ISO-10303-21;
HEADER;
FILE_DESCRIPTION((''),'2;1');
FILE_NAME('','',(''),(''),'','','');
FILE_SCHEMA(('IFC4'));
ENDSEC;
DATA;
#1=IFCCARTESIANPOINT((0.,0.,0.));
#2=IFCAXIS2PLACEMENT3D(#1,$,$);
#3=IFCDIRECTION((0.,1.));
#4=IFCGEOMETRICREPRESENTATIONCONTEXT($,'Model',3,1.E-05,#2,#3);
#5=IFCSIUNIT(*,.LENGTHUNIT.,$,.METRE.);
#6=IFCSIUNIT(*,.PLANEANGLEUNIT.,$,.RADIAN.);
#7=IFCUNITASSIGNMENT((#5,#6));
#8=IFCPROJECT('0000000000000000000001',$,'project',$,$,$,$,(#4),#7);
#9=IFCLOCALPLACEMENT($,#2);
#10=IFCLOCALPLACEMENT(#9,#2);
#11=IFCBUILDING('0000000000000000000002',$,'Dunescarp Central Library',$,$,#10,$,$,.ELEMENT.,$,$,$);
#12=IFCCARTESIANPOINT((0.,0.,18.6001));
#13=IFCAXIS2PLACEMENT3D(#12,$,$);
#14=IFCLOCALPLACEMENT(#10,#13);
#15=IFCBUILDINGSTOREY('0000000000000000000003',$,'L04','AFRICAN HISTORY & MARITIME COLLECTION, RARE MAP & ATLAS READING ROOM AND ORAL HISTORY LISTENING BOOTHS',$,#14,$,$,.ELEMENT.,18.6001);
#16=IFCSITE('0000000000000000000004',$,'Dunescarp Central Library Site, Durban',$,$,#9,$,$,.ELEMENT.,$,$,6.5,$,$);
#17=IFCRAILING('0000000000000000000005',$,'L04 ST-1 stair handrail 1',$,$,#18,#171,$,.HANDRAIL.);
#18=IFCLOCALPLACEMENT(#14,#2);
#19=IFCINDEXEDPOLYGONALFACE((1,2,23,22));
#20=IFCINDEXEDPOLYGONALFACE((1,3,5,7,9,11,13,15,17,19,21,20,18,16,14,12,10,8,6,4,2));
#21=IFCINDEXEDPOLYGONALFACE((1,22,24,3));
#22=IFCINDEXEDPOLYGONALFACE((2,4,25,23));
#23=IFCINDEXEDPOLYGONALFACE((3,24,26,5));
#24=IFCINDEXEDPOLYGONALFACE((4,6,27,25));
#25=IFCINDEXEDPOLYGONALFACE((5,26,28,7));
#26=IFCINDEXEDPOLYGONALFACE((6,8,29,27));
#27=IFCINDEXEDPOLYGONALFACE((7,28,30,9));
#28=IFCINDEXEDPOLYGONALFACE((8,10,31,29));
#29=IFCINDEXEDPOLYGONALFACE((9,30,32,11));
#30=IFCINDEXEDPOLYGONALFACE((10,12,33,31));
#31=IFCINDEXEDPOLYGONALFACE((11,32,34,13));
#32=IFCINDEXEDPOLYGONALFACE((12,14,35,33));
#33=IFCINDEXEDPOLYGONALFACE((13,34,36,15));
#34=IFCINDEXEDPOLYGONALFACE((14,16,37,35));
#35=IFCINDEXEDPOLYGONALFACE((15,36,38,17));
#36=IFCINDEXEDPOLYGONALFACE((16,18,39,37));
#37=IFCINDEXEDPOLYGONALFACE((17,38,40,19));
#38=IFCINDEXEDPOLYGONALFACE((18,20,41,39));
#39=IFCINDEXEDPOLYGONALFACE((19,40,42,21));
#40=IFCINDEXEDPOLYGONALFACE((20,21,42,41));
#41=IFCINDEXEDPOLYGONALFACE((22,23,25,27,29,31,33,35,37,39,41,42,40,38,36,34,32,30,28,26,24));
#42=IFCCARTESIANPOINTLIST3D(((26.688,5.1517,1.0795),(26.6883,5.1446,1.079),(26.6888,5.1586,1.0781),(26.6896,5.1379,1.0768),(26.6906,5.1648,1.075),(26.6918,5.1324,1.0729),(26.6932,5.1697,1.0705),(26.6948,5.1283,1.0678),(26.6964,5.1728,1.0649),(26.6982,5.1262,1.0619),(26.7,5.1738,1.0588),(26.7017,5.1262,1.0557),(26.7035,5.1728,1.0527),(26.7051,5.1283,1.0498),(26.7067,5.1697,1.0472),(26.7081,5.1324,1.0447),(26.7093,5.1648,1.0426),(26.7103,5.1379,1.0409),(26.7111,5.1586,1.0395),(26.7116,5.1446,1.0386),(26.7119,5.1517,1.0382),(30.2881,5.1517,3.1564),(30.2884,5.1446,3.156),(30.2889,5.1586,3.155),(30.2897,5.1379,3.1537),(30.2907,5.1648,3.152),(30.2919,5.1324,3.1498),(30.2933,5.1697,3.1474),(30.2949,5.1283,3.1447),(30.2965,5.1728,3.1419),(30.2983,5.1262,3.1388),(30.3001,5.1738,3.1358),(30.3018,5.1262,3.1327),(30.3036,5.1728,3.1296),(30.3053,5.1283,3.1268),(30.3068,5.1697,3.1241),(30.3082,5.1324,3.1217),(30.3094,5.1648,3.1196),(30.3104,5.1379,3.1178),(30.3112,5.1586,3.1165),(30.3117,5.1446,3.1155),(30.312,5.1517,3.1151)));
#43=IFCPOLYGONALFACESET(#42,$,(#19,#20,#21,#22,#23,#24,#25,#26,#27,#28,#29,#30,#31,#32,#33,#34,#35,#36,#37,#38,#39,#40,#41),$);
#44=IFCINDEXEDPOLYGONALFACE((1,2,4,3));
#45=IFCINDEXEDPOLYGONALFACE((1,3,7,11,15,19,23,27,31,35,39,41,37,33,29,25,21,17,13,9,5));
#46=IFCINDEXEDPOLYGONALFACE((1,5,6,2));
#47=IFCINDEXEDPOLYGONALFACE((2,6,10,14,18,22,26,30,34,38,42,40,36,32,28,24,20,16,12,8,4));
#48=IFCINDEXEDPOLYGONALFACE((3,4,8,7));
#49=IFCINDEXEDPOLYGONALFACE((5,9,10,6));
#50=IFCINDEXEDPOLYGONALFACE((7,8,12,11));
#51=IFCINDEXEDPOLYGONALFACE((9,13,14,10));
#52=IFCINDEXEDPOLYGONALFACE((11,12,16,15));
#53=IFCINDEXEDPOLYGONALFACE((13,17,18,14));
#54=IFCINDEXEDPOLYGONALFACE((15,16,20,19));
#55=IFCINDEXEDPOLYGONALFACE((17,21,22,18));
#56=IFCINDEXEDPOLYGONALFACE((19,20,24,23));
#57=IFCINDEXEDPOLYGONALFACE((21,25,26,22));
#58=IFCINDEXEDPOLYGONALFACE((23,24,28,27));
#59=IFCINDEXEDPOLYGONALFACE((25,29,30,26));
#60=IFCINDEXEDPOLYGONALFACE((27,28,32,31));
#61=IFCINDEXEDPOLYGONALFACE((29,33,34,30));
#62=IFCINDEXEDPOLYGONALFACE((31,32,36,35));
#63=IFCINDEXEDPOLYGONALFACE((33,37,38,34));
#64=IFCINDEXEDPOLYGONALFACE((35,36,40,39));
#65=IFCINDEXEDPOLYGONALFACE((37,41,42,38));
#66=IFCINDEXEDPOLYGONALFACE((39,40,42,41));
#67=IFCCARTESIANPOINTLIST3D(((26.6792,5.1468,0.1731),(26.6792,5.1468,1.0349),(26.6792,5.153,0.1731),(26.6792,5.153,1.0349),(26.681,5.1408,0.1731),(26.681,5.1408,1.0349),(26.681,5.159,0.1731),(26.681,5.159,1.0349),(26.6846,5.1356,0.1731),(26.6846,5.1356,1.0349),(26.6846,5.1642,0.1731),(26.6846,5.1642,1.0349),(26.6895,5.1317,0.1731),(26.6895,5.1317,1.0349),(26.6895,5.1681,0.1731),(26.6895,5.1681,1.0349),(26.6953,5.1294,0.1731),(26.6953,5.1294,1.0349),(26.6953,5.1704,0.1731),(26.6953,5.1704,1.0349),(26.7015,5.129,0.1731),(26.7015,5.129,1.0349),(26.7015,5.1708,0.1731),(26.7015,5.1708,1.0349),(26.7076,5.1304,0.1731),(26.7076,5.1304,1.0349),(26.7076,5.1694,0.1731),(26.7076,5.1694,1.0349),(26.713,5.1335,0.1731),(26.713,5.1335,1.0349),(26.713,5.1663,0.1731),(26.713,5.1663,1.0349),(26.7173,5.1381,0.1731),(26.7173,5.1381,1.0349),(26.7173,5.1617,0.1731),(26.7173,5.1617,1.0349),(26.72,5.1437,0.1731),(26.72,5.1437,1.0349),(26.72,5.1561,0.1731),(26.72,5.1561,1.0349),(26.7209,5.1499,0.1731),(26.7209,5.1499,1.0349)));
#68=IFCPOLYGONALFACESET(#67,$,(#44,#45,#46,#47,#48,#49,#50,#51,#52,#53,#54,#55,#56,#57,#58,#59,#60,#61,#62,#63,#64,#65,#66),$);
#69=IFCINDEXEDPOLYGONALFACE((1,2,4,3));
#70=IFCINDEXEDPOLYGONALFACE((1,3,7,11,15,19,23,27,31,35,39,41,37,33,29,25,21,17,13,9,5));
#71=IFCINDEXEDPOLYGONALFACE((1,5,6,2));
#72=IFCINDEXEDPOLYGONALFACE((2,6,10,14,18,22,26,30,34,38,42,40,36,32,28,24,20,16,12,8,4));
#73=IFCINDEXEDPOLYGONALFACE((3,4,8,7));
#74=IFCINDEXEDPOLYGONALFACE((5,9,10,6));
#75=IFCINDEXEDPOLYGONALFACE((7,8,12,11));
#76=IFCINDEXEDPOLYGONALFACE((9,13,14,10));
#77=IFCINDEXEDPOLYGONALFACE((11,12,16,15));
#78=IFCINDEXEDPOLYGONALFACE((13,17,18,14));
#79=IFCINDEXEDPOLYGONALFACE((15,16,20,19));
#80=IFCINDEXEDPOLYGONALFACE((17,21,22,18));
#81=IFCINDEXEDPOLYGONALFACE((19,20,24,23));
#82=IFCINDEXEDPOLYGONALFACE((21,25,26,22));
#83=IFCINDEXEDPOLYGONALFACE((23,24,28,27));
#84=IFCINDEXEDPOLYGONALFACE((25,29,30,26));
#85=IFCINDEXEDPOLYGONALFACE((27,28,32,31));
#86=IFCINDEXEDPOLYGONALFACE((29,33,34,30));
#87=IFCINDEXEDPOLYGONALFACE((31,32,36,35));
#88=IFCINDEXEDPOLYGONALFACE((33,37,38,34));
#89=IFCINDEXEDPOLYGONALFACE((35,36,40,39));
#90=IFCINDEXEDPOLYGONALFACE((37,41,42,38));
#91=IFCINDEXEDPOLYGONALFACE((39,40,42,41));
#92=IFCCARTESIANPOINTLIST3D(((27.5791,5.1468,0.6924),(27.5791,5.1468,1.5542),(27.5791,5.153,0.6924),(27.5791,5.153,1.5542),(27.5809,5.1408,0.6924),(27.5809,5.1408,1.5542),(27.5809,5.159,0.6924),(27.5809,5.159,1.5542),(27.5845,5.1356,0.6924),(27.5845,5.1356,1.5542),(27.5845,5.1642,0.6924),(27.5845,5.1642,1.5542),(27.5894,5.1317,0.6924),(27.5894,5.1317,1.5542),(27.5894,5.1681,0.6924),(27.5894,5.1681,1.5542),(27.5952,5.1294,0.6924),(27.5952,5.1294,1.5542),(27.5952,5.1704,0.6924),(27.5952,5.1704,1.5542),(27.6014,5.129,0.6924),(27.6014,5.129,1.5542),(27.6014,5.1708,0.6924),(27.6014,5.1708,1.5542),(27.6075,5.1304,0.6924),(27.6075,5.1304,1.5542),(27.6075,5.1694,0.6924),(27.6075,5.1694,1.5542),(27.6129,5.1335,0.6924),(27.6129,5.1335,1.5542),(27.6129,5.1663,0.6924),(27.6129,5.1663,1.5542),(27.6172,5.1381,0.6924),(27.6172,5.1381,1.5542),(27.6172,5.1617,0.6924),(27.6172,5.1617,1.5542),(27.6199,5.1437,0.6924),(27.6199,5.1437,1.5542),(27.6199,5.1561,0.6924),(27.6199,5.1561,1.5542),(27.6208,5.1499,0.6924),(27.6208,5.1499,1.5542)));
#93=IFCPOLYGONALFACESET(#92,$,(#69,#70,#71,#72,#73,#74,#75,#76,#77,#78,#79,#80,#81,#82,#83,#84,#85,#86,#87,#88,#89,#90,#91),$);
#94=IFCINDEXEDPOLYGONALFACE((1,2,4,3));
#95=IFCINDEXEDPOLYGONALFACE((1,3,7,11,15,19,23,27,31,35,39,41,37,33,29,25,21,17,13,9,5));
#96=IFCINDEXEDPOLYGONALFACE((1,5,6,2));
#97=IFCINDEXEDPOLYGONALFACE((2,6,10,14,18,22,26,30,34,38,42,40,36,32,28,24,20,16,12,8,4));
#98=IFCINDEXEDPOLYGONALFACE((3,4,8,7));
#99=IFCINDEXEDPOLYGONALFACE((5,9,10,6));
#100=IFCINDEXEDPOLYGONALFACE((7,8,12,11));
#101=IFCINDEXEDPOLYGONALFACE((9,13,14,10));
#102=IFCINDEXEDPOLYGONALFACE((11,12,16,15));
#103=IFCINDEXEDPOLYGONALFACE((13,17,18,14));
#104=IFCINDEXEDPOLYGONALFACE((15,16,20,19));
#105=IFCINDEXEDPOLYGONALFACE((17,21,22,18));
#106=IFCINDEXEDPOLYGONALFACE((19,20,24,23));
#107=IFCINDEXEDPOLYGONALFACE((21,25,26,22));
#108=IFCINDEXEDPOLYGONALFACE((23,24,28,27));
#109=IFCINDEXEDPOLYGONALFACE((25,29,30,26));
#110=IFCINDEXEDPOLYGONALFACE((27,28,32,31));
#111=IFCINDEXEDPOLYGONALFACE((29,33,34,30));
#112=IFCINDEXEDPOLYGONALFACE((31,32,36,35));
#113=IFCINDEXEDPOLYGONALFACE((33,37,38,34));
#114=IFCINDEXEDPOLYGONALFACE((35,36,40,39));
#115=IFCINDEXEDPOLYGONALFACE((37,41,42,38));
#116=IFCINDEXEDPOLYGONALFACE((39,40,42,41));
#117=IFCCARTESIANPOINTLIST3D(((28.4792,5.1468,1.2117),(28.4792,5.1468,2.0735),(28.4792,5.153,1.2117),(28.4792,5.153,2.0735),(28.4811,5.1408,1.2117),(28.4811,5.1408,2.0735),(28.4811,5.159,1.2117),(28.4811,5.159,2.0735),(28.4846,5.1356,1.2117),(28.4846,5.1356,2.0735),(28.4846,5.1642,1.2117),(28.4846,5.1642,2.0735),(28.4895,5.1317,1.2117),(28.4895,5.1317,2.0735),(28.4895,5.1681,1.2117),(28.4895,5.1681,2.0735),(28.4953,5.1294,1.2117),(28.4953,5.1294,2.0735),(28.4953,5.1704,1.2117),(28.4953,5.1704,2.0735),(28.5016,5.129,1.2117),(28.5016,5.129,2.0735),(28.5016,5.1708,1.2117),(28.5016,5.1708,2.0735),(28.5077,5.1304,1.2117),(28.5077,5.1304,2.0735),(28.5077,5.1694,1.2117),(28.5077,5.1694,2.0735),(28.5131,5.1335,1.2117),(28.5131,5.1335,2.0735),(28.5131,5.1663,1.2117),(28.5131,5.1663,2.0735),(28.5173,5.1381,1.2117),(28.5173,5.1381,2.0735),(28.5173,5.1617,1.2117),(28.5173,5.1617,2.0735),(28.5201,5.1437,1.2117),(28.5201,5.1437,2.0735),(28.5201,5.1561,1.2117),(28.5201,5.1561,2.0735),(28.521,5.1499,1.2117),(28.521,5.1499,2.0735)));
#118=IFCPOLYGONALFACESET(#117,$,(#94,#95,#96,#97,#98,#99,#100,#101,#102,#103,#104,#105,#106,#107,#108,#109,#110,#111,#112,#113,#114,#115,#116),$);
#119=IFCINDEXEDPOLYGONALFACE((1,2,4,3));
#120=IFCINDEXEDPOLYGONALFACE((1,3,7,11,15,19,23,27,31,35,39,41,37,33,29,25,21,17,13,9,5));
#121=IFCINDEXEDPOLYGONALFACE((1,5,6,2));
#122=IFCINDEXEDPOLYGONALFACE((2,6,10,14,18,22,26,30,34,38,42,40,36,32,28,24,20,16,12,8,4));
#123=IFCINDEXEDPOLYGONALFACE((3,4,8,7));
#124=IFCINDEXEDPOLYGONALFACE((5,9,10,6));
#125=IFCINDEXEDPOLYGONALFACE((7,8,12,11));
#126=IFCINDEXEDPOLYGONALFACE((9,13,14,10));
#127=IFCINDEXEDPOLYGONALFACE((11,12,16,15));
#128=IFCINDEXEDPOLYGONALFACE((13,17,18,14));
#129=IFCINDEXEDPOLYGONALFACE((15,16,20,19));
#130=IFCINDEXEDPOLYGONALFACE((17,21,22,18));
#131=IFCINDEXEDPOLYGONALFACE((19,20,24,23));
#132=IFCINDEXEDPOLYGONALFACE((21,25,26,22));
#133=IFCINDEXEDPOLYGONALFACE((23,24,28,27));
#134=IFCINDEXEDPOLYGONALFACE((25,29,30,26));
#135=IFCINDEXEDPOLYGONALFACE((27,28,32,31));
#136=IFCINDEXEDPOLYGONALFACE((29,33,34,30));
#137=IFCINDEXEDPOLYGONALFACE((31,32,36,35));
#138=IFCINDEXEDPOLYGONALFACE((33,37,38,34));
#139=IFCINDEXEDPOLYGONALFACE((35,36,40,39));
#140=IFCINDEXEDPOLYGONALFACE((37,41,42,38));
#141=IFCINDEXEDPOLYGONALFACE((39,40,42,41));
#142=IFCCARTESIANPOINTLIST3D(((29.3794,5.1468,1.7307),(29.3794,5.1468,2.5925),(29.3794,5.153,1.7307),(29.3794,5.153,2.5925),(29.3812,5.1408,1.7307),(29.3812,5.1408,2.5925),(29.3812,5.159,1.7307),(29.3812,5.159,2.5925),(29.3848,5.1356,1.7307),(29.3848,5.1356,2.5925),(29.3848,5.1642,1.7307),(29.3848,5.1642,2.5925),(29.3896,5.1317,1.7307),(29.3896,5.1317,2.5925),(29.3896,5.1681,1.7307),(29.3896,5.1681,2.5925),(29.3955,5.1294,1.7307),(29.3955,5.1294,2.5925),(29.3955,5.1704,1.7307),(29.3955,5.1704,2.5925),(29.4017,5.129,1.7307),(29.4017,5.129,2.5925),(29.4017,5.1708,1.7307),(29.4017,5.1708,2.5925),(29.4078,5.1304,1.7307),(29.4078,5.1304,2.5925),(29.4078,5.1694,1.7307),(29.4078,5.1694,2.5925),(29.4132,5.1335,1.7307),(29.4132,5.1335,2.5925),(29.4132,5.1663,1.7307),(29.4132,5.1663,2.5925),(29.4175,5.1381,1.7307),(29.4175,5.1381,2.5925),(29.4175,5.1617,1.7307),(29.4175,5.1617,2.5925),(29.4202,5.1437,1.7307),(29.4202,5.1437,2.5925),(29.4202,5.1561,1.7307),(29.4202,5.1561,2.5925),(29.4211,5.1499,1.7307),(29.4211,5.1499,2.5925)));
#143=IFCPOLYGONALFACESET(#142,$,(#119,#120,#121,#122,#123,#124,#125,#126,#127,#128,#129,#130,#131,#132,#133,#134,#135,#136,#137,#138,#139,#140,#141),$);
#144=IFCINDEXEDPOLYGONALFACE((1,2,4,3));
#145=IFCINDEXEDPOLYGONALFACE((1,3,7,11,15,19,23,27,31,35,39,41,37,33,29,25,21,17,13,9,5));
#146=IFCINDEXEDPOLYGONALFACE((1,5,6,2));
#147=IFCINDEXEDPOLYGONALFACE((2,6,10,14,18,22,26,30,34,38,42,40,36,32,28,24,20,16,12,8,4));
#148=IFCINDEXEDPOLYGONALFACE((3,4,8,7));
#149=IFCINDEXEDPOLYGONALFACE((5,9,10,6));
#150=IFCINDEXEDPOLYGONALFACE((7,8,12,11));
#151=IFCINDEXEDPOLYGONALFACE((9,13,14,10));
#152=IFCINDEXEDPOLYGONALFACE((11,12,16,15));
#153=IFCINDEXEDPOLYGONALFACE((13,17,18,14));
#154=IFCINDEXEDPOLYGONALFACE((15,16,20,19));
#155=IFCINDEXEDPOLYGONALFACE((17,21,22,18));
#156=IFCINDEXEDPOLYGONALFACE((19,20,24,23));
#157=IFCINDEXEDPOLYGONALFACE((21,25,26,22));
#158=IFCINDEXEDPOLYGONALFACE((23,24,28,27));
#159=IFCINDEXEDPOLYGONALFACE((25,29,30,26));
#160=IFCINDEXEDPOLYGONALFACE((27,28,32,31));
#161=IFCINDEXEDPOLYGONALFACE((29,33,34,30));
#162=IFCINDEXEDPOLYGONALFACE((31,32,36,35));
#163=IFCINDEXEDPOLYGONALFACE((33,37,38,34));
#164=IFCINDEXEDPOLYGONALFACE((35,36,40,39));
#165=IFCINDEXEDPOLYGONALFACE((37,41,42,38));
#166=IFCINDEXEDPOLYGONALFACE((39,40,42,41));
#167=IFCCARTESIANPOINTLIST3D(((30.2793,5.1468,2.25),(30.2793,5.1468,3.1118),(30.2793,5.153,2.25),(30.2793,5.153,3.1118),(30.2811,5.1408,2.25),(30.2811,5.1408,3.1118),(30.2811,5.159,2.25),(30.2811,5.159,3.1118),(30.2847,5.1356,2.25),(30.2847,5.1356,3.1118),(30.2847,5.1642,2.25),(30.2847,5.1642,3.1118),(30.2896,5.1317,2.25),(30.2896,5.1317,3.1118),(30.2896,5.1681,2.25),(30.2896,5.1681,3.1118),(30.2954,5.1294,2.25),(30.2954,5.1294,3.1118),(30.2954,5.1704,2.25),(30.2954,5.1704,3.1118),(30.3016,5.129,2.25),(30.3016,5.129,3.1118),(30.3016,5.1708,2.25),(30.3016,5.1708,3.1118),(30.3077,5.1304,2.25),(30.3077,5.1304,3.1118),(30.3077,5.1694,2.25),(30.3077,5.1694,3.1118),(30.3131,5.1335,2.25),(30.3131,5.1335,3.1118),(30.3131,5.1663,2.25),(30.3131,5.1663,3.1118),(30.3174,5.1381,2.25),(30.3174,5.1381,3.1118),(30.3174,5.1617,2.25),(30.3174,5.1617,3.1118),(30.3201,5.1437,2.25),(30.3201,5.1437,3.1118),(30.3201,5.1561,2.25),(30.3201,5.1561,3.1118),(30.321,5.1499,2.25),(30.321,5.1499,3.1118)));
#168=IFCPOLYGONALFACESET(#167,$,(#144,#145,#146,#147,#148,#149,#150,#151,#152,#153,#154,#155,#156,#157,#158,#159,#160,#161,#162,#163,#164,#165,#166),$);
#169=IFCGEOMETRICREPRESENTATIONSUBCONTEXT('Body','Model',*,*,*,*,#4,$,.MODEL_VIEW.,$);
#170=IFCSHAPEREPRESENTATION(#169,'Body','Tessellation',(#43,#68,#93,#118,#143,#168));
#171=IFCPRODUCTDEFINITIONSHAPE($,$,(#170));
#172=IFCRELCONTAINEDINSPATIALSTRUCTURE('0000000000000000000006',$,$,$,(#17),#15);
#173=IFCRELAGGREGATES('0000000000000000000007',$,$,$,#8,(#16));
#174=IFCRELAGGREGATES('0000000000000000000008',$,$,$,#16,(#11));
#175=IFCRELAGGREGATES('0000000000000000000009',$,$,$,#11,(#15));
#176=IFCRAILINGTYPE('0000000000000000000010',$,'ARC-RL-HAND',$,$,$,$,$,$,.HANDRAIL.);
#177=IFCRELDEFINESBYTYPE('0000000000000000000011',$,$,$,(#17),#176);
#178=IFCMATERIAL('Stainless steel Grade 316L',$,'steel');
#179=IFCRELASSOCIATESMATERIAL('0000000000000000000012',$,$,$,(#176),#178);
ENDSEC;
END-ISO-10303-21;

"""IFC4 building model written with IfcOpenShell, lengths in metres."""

from ifc_helpers import new_model, si_unit, direction, frame, origin, origin_2d, place, context, subcontext, project, spatial, circle, extrude, material, type_object, element, save


model = new_model("IFC4")

# Units and contexts
model_context = context("Model", 3, precision=1e-05, world=origin(), true_north=direction((0.0, 1.0)))
body_context = subcontext(model_context, "Body", "Model", "MODEL_VIEW")
ifc_project = project(units=[si_unit("LENGTHUNIT", "METRE"), si_unit("PLANEANGLEUNIT", "RADIAN")], contexts=[model_context])

# Site, building, storey
site_placement = place(None, origin())
site = spatial("IfcSite", under=ifc_project, at=site_placement, Name="Dunescarp Central Library Site, Durban", CompositionType="ELEMENT", RefElevation=6.5)
building_placement = place(site_placement, origin())
building = spatial("IfcBuilding", under=site, at=building_placement, Name="Dunescarp Central Library", CompositionType="ELEMENT")
storey_placement = place(building_placement, frame((0.0, 0.0, 18.6001)))
storey = spatial("IfcBuildingStorey", under=building, at=storey_placement, Name="L04", Description="AFRICAN HISTORY & MARITIME COLLECTION, RARE MAP & ATLAS READING ROOM AND ORAL HISTORY LISTENING BOOTHS", CompositionType="ELEMENT", Elevation=18.6001)

# Railing
ifc_material_1 = material(Name="Stainless steel Grade 316L", Category="steel")
railing_type_1 = type_object("IfcRailingType", Name="ARC-RL-HAND", PredefinedType="HANDRAIL", material=ifc_material_1)
railing_1_placement = place(storey_placement, frame((26.7, 5.1499, 0.1731)))
element("IfcRailing", 1, at=railing_1_placement, inside=storey, type_object=railing_type_1, Name="L04 ST-1 stair handrail 1", PredefinedType="HANDRAIL", context=body_context, shape_type="SweptSolid", body=[
    extrude(circle(Radius=0.0239, at=origin_2d()), frame((0.0, 0.0, 0.8857), z_axis=(0.866193, 0.0, 0.499709), x_axis=(0.0, 1.0, 0.0)), (0.0, 0.0, 1.0), 4.1562),
    extrude(circle(Radius=0.021, at=origin_2d()), origin(), (0.0, 0.0, 1.0), 0.8618),
    extrude(circle(Radius=0.021, at=origin_2d()), frame((0.8999, 0.0, 0.5193)), (0.0, 0.0, 1.0), 0.8618),
    extrude(circle(Radius=0.021, at=origin_2d()), frame((1.8, 0.0, 1.0386)), (0.0, 0.0, 1.0), 0.8618),
    extrude(circle(Radius=0.021, at=origin_2d()), frame((2.7002, 0.0, 1.5576)), (0.0, 0.0, 1.0), 0.8618),
    extrude(circle(Radius=0.021, at=origin_2d()), frame((3.6001, 0.0, 2.0769)), (0.0, 0.0, 1.0), 0.8618),
])

save(model, "model.ifc")
